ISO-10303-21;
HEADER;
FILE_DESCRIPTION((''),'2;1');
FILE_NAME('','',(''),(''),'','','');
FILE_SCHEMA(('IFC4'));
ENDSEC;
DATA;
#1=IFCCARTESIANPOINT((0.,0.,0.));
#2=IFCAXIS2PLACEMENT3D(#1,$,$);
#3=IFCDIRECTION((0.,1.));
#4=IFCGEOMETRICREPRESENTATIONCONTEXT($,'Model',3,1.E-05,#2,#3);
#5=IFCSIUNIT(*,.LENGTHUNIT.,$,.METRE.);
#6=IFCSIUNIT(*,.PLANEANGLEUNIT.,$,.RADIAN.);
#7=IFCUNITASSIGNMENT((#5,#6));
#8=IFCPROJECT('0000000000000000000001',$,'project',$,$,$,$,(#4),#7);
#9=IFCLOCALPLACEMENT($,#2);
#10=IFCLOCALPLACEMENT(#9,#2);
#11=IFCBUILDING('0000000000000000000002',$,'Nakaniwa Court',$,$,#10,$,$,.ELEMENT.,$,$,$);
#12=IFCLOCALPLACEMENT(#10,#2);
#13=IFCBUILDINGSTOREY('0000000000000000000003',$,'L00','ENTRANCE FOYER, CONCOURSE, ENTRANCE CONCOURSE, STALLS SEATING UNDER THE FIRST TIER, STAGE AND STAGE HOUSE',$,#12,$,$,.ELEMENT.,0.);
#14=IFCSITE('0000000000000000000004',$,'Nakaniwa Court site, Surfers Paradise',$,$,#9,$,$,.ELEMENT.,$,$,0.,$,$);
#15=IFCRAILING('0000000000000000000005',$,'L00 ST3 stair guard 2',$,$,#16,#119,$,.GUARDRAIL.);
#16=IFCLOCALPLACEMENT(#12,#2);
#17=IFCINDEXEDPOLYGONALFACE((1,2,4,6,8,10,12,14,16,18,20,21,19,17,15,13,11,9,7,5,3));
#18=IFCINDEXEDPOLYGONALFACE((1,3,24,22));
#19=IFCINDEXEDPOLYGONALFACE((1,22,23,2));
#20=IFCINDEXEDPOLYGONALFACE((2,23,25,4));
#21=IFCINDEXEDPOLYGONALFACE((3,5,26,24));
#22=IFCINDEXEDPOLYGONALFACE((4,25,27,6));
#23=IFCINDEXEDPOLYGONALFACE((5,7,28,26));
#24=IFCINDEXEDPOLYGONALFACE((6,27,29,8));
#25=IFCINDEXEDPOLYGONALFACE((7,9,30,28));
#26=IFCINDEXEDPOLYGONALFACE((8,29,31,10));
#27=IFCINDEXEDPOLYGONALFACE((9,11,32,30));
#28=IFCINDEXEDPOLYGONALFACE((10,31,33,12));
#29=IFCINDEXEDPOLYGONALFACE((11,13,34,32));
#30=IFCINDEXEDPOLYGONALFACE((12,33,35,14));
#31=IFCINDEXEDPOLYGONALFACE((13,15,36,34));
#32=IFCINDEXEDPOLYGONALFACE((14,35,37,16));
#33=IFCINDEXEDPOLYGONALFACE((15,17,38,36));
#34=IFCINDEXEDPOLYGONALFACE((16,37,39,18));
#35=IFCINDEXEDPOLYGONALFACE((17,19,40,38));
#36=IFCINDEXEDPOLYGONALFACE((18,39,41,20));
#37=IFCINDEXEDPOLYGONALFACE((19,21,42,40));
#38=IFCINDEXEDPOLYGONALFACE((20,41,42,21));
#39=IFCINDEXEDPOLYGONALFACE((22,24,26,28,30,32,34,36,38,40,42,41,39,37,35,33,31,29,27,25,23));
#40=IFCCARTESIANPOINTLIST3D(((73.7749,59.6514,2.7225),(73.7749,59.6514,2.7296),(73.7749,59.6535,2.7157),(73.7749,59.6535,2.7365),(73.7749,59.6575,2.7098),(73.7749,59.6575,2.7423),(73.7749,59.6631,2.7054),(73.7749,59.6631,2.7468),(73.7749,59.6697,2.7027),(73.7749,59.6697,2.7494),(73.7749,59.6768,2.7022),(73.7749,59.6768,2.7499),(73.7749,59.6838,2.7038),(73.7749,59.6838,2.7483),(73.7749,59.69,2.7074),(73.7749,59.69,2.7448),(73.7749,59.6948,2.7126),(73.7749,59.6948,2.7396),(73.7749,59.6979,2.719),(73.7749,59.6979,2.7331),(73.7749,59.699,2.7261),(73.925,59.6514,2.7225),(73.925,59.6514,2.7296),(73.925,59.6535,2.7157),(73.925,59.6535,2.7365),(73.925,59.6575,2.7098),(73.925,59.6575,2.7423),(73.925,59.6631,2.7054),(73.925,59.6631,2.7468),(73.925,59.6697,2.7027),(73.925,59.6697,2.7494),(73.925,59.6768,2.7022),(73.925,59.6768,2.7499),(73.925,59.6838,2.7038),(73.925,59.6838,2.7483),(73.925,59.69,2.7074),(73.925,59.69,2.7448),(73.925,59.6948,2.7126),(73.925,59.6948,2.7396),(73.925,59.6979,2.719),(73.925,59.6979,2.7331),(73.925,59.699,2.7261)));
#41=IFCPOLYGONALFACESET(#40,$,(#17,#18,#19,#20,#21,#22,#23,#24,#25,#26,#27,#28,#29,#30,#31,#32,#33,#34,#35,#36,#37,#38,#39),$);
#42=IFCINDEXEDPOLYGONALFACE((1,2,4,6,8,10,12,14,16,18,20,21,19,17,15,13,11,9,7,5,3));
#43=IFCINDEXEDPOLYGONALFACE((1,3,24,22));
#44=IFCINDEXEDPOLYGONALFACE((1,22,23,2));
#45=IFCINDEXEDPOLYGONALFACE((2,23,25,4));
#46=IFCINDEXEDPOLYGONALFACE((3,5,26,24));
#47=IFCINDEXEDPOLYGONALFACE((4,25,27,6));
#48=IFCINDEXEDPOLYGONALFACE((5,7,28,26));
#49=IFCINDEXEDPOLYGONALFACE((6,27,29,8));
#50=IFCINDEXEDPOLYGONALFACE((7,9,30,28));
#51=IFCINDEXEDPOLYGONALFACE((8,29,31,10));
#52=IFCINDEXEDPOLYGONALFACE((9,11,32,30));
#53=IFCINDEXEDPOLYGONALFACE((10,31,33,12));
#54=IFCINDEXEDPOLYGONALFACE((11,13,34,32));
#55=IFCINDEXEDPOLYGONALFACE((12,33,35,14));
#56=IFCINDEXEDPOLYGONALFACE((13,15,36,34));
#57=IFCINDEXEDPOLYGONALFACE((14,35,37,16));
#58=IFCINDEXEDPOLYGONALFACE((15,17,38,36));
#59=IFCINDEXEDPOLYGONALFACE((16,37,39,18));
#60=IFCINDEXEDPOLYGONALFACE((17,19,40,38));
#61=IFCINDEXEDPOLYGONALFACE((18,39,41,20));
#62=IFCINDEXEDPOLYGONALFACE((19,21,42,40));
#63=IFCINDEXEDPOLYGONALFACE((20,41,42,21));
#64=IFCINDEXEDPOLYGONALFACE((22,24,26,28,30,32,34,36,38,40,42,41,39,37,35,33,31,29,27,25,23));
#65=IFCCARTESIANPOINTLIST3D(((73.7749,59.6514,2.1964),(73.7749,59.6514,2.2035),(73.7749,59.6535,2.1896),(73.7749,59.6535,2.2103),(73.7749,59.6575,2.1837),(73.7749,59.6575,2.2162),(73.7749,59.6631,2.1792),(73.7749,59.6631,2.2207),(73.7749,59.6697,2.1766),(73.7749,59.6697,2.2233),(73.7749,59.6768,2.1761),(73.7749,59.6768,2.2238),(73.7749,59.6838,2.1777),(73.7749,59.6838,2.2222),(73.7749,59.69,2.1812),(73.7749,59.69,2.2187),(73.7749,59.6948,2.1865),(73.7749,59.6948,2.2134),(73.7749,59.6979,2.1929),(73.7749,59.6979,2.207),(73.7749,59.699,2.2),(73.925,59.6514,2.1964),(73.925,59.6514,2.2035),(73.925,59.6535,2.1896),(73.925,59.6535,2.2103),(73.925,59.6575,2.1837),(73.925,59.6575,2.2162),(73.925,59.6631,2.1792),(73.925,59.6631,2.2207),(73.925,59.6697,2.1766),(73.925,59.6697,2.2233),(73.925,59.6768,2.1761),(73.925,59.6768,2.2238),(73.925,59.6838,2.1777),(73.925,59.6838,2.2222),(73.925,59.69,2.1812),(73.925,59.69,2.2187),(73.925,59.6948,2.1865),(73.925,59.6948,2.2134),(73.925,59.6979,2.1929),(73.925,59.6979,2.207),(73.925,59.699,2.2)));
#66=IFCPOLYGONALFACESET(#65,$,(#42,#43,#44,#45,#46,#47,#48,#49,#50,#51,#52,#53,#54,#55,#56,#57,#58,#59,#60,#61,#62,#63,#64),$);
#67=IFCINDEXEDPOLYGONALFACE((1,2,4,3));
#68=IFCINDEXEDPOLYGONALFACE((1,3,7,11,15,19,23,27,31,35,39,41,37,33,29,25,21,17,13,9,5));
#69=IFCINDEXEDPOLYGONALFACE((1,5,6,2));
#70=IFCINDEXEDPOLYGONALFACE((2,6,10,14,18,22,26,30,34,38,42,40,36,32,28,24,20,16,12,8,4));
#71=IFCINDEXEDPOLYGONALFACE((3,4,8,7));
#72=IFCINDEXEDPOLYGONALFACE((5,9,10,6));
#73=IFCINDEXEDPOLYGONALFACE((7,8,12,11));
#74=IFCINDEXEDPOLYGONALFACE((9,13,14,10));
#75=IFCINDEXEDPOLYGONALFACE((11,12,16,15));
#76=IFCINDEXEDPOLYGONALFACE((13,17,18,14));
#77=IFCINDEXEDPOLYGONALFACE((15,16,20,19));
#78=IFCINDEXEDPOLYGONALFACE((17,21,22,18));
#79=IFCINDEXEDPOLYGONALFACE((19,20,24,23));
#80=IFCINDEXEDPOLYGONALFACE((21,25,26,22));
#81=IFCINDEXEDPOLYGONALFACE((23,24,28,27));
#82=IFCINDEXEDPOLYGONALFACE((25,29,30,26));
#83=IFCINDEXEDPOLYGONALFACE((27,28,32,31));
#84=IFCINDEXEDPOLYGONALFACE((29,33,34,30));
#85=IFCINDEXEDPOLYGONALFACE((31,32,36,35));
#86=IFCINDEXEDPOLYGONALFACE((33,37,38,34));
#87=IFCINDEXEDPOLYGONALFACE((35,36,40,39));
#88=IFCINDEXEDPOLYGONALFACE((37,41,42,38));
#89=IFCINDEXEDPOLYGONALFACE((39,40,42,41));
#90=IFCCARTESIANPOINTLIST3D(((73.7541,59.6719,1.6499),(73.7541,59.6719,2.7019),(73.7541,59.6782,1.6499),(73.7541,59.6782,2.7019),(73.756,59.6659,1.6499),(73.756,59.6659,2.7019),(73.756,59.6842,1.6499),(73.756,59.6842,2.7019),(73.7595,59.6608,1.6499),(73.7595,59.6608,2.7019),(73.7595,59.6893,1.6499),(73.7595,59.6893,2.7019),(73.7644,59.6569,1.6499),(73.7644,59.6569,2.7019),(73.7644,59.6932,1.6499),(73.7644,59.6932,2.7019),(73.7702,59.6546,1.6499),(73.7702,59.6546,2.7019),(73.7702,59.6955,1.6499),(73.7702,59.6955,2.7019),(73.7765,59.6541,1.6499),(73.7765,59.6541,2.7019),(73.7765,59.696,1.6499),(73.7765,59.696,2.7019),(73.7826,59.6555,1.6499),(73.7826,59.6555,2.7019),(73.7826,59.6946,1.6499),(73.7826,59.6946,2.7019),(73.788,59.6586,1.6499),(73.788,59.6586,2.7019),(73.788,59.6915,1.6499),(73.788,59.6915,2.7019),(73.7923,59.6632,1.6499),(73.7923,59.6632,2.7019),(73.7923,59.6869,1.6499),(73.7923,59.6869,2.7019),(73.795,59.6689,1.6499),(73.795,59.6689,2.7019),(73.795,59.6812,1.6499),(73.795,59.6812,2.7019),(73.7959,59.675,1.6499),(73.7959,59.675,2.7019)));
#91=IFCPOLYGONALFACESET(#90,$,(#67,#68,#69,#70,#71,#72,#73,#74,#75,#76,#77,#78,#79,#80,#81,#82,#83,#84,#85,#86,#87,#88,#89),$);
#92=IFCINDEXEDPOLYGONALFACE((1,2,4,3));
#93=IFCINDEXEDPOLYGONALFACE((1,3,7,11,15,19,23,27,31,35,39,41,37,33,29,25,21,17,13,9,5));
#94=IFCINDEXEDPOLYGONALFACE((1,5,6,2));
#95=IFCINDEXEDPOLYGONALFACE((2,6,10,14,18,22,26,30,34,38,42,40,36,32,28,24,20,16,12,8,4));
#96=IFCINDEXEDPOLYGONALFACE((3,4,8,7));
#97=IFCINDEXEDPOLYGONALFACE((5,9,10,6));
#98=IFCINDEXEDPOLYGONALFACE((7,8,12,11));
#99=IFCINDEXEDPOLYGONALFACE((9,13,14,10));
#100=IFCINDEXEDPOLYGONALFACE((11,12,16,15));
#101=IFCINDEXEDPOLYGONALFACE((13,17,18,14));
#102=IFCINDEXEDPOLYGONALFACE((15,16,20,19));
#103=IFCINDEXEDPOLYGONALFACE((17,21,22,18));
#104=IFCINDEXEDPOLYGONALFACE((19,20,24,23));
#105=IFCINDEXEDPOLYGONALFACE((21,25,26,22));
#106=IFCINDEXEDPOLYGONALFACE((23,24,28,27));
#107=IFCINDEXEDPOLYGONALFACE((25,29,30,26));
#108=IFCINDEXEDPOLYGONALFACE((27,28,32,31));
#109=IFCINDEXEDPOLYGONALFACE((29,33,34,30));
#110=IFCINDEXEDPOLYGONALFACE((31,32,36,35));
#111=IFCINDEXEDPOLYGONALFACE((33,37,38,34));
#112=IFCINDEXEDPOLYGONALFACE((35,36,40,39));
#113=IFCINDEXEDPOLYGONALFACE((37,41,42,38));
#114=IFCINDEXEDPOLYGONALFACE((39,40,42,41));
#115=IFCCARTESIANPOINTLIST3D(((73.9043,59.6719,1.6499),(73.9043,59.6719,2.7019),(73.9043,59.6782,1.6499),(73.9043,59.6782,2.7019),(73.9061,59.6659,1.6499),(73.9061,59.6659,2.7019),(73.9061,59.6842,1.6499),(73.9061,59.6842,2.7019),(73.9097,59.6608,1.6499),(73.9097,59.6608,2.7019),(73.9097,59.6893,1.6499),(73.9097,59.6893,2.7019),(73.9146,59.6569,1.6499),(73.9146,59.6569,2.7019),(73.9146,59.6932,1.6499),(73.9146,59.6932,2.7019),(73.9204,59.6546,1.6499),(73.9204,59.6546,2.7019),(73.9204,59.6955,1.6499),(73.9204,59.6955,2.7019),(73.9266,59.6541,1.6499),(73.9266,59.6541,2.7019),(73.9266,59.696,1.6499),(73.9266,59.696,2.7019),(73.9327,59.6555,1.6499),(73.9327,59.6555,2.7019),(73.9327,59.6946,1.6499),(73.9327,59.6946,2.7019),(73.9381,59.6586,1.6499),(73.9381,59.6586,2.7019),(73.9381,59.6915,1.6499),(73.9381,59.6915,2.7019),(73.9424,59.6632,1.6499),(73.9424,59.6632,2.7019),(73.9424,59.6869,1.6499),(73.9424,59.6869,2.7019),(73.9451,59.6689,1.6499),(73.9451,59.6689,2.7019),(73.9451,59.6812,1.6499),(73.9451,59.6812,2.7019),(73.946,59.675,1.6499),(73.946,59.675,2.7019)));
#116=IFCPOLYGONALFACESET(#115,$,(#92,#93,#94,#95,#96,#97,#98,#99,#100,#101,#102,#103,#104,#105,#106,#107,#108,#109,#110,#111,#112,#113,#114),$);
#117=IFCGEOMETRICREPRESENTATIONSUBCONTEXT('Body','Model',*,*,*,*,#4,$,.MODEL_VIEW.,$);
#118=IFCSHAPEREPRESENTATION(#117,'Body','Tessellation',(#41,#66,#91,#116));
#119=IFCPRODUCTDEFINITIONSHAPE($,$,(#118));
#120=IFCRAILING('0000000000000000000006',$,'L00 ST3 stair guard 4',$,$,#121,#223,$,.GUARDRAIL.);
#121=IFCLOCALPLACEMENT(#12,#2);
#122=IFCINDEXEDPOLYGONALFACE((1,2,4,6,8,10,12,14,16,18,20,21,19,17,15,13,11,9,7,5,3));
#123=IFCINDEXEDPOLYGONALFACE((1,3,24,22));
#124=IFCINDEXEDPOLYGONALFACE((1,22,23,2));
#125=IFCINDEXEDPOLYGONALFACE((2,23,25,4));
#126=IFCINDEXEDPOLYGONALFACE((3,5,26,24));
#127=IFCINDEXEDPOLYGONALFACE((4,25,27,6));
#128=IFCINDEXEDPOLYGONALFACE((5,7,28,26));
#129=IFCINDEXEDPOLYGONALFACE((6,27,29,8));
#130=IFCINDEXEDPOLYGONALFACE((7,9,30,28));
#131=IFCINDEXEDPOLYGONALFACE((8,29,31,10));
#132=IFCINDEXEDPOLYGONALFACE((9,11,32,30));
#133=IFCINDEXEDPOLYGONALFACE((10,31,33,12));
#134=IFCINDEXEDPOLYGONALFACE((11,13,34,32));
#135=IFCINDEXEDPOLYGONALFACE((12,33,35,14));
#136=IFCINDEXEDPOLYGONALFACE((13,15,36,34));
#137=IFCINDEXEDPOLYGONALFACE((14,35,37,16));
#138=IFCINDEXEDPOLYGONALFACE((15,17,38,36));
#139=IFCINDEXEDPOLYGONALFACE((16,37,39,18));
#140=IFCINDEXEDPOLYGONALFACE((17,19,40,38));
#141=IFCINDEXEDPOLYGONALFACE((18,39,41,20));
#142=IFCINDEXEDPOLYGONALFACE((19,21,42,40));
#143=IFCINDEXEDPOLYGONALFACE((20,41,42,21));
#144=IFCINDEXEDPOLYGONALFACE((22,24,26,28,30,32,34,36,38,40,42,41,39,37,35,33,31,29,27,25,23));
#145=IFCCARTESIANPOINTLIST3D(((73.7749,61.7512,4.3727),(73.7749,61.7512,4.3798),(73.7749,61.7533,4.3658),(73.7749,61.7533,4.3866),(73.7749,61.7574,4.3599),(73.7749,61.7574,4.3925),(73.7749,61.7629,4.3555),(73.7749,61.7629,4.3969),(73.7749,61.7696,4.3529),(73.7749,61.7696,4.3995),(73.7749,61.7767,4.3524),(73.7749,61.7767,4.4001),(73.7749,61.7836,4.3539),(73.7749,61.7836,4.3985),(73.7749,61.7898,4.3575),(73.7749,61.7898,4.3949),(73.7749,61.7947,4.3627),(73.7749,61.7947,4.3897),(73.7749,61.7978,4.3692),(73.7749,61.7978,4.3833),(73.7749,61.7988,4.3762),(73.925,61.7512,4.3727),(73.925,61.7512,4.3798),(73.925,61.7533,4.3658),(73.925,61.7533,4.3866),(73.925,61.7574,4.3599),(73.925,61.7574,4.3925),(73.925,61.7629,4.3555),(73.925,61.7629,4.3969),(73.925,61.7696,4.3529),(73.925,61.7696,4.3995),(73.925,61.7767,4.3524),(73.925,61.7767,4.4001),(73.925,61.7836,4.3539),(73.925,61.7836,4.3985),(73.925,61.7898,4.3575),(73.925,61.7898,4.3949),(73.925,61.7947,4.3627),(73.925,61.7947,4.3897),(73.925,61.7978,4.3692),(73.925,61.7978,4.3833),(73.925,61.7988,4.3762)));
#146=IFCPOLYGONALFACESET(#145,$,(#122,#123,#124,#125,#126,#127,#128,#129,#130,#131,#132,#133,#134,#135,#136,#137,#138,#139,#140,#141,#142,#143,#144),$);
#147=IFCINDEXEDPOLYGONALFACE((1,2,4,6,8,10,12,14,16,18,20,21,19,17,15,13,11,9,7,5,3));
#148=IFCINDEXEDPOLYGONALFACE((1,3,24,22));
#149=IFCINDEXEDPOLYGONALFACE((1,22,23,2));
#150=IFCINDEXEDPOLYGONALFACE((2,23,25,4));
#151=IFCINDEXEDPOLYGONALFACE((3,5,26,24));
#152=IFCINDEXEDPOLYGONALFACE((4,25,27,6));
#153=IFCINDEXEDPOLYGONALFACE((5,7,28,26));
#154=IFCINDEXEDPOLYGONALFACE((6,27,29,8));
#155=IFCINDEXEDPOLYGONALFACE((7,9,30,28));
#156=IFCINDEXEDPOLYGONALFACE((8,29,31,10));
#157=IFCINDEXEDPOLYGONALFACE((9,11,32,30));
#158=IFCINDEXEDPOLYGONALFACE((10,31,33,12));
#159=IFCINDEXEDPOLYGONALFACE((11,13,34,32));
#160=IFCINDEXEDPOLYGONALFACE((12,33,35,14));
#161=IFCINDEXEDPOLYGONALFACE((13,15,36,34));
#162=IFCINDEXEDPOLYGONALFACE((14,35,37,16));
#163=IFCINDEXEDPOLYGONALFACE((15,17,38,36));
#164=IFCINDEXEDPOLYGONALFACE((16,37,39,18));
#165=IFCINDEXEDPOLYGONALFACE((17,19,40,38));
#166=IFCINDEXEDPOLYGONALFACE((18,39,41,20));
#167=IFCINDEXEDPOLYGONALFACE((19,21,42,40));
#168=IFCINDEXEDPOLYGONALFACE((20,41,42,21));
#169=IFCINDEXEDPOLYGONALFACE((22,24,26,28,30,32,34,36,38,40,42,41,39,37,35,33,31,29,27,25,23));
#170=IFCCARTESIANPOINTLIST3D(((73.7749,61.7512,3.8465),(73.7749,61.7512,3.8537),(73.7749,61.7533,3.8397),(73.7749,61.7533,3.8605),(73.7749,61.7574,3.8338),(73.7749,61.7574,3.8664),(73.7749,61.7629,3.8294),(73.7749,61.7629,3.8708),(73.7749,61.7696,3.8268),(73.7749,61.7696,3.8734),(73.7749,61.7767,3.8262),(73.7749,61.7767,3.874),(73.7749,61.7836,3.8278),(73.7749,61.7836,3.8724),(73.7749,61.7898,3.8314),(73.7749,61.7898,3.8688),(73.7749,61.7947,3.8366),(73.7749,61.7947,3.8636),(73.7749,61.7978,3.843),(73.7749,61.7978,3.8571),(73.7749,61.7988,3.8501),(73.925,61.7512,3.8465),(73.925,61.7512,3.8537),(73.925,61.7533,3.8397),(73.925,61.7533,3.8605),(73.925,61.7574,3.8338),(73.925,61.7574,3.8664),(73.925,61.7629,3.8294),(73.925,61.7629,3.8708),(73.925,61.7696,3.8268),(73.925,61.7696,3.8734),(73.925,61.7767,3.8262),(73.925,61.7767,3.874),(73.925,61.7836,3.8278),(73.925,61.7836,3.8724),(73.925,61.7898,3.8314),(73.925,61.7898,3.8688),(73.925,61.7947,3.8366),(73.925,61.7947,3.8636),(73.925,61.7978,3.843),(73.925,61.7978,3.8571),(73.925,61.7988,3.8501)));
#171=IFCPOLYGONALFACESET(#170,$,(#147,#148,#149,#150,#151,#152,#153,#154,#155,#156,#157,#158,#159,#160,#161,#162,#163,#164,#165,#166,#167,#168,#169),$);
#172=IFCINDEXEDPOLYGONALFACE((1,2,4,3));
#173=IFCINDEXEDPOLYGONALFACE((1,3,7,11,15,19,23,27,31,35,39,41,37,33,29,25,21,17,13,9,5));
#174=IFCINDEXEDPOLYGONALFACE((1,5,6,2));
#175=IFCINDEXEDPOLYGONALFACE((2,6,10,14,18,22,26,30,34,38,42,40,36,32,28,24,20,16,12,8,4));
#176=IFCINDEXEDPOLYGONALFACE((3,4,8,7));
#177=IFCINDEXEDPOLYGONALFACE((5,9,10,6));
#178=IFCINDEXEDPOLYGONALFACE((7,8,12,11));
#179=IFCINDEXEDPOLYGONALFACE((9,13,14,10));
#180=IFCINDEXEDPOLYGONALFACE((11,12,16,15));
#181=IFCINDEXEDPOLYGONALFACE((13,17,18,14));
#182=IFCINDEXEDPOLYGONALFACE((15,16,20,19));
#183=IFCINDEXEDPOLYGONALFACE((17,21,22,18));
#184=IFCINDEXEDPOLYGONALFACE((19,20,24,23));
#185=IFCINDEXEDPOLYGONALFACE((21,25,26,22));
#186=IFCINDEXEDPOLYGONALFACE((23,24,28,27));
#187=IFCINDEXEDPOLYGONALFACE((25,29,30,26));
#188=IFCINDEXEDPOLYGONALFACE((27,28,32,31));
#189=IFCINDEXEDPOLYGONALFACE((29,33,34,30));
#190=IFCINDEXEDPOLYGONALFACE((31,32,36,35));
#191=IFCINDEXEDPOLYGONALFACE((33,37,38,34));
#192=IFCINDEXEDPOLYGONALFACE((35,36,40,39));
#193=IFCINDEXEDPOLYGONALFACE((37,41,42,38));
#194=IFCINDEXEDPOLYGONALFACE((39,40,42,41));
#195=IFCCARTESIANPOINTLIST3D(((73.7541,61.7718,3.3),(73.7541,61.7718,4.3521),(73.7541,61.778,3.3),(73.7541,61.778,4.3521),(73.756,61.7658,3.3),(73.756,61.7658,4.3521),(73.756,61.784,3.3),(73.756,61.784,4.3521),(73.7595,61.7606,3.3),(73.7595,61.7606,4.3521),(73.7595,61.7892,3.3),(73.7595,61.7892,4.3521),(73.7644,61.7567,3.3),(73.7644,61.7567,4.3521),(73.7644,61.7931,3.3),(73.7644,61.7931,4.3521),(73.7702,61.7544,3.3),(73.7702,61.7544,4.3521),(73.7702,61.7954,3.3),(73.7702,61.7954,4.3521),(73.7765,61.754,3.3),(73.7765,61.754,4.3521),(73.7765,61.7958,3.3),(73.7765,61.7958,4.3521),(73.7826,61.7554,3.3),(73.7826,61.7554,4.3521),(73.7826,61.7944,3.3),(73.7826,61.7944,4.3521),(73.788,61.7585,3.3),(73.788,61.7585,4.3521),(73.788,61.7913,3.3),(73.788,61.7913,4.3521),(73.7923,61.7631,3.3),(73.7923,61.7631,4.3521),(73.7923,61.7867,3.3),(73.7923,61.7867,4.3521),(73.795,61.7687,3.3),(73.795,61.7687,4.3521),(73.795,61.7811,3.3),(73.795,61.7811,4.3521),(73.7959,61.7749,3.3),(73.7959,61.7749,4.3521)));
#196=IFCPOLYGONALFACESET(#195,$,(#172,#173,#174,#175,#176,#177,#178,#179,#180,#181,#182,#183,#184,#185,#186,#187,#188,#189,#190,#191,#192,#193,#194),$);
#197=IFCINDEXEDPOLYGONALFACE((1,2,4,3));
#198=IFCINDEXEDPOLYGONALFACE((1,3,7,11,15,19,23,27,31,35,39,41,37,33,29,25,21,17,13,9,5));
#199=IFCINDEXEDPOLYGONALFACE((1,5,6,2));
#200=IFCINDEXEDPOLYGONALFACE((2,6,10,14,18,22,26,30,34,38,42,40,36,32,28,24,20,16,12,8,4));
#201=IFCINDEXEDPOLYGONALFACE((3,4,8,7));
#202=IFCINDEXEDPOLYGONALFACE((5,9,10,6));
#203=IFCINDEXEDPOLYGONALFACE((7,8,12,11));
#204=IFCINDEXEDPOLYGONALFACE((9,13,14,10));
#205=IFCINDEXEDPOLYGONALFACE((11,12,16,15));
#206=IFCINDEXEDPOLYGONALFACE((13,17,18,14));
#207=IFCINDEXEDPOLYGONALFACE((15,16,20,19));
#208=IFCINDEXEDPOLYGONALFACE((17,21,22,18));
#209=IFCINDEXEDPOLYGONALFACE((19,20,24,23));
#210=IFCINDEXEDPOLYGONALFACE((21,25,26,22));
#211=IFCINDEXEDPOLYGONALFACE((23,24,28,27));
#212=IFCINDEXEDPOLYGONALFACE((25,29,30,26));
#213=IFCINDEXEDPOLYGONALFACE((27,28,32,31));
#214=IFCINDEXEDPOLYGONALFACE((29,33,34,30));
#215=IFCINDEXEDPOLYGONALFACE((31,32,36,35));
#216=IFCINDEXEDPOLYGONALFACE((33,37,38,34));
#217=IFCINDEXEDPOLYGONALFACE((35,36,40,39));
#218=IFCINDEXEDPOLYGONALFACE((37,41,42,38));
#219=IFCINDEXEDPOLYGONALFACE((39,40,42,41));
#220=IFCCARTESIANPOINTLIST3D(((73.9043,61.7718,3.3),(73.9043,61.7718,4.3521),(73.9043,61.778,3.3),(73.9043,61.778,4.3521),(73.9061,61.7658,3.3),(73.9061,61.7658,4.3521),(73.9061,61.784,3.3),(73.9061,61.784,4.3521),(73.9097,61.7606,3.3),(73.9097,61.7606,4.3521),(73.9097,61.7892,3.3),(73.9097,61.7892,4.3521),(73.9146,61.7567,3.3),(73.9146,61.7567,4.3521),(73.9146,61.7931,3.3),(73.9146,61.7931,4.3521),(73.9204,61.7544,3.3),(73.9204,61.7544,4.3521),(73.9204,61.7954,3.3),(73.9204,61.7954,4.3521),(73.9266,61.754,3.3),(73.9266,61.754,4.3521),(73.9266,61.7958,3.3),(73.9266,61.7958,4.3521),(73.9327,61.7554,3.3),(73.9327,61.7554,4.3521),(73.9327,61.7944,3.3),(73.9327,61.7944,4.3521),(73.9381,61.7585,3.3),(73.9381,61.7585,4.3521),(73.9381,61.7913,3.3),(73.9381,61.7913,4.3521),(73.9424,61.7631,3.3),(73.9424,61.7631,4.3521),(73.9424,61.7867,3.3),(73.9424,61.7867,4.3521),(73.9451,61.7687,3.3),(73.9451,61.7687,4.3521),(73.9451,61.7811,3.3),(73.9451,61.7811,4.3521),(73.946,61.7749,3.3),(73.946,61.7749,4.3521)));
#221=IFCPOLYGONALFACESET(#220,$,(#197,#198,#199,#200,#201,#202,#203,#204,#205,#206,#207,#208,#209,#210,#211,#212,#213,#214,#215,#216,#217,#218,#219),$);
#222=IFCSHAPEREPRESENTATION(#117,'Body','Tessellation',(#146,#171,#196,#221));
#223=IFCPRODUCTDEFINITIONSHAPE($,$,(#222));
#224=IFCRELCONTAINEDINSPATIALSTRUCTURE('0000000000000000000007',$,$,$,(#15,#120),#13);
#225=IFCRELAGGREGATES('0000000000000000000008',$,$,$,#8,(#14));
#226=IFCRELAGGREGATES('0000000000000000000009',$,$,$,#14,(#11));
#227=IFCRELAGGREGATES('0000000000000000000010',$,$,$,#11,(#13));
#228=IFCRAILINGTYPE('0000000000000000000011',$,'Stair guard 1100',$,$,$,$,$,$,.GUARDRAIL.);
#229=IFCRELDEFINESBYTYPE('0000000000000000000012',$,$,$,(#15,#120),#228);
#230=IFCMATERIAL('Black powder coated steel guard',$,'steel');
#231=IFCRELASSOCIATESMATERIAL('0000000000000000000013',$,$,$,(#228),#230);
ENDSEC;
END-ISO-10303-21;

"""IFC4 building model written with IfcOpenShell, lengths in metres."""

from ifc_helpers import new_model, si_unit, direction, frame, origin, origin_2d, place, context, subcontext, project, spatial, circle, extrude, material, type_object, element, save


model = new_model("IFC4")

# Units and contexts
model_context = context("Model", 3, precision=1e-05, world=origin(), true_north=direction((0.0, 1.0)))
body_context = subcontext(model_context, "Body", "Model", "MODEL_VIEW")
ifc_project = project(units=[si_unit("LENGTHUNIT", "METRE"), si_unit("PLANEANGLEUNIT", "RADIAN")], contexts=[model_context])

# Site, building, storey
site_placement = place(None, origin())
site = spatial("IfcSite", under=ifc_project, at=site_placement, Name="Nakaniwa Court site, Surfers Paradise", CompositionType="ELEMENT", RefElevation=0.0)
building_placement = place(site_placement, origin())
building = spatial("IfcBuilding", under=site, at=building_placement, Name="Nakaniwa Court", CompositionType="ELEMENT")
storey_placement = place(building_placement, origin())
storey = spatial("IfcBuildingStorey", under=building, at=storey_placement, Name="L00", Description="ENTRANCE FOYER, CONCOURSE, ENTRANCE CONCOURSE, STALLS SEATING UNDER THE FIRST TIER, STAGE AND STAGE HOUSE", CompositionType="ELEMENT", Elevation=0.0)

# Railings
ifc_material_1 = material(Name="Black powder coated steel guard", Category="steel")
railing_type_1 = type_object("IfcRailingType", Name="Stair guard 1100", PredefinedType="GUARDRAIL", material=ifc_material_1)
for number, where, name in (
    (1, (73.7749, 59.675, 1.6499), "L00 ST3 stair guard 2"),
    (2, (73.7749, 61.7749, 3.3), "L00 ST3 stair guard 4"),
):
    element("IfcRailing", number, at=place(storey_placement, frame(where)), inside=storey, type_object=railing_type_1, Name=name, PredefinedType="GUARDRAIL", context=body_context, shape_type="SweptSolid", body=[
        extrude(circle(Radius=0.0239, at=origin_2d()), frame((0.0, 0.0, 1.0762), z_axis=(1.0, 0.0, 0.0), x_axis=(0.0, 1.0, 0.0)), (0.0, 0.0, 1.0), 0.1501),
        extrude(circle(Radius=0.0239, at=origin_2d()), frame((0.0, 0.0, 0.55), z_axis=(1.0, 0.0, 0.0), x_axis=(0.0, 1.0, 0.0)), (0.0, 0.0, 1.0), 0.1501),
        extrude(circle(Radius=0.021, at=origin_2d()), origin(), (0.0, 0.0, 1.0), 1.052),
        extrude(circle(Radius=0.021, at=origin_2d()), frame((0.1501, 0.0, 0.0)), (0.0, 0.0, 1.0), 1.052),
    ])

save(model, "model.ifc")
